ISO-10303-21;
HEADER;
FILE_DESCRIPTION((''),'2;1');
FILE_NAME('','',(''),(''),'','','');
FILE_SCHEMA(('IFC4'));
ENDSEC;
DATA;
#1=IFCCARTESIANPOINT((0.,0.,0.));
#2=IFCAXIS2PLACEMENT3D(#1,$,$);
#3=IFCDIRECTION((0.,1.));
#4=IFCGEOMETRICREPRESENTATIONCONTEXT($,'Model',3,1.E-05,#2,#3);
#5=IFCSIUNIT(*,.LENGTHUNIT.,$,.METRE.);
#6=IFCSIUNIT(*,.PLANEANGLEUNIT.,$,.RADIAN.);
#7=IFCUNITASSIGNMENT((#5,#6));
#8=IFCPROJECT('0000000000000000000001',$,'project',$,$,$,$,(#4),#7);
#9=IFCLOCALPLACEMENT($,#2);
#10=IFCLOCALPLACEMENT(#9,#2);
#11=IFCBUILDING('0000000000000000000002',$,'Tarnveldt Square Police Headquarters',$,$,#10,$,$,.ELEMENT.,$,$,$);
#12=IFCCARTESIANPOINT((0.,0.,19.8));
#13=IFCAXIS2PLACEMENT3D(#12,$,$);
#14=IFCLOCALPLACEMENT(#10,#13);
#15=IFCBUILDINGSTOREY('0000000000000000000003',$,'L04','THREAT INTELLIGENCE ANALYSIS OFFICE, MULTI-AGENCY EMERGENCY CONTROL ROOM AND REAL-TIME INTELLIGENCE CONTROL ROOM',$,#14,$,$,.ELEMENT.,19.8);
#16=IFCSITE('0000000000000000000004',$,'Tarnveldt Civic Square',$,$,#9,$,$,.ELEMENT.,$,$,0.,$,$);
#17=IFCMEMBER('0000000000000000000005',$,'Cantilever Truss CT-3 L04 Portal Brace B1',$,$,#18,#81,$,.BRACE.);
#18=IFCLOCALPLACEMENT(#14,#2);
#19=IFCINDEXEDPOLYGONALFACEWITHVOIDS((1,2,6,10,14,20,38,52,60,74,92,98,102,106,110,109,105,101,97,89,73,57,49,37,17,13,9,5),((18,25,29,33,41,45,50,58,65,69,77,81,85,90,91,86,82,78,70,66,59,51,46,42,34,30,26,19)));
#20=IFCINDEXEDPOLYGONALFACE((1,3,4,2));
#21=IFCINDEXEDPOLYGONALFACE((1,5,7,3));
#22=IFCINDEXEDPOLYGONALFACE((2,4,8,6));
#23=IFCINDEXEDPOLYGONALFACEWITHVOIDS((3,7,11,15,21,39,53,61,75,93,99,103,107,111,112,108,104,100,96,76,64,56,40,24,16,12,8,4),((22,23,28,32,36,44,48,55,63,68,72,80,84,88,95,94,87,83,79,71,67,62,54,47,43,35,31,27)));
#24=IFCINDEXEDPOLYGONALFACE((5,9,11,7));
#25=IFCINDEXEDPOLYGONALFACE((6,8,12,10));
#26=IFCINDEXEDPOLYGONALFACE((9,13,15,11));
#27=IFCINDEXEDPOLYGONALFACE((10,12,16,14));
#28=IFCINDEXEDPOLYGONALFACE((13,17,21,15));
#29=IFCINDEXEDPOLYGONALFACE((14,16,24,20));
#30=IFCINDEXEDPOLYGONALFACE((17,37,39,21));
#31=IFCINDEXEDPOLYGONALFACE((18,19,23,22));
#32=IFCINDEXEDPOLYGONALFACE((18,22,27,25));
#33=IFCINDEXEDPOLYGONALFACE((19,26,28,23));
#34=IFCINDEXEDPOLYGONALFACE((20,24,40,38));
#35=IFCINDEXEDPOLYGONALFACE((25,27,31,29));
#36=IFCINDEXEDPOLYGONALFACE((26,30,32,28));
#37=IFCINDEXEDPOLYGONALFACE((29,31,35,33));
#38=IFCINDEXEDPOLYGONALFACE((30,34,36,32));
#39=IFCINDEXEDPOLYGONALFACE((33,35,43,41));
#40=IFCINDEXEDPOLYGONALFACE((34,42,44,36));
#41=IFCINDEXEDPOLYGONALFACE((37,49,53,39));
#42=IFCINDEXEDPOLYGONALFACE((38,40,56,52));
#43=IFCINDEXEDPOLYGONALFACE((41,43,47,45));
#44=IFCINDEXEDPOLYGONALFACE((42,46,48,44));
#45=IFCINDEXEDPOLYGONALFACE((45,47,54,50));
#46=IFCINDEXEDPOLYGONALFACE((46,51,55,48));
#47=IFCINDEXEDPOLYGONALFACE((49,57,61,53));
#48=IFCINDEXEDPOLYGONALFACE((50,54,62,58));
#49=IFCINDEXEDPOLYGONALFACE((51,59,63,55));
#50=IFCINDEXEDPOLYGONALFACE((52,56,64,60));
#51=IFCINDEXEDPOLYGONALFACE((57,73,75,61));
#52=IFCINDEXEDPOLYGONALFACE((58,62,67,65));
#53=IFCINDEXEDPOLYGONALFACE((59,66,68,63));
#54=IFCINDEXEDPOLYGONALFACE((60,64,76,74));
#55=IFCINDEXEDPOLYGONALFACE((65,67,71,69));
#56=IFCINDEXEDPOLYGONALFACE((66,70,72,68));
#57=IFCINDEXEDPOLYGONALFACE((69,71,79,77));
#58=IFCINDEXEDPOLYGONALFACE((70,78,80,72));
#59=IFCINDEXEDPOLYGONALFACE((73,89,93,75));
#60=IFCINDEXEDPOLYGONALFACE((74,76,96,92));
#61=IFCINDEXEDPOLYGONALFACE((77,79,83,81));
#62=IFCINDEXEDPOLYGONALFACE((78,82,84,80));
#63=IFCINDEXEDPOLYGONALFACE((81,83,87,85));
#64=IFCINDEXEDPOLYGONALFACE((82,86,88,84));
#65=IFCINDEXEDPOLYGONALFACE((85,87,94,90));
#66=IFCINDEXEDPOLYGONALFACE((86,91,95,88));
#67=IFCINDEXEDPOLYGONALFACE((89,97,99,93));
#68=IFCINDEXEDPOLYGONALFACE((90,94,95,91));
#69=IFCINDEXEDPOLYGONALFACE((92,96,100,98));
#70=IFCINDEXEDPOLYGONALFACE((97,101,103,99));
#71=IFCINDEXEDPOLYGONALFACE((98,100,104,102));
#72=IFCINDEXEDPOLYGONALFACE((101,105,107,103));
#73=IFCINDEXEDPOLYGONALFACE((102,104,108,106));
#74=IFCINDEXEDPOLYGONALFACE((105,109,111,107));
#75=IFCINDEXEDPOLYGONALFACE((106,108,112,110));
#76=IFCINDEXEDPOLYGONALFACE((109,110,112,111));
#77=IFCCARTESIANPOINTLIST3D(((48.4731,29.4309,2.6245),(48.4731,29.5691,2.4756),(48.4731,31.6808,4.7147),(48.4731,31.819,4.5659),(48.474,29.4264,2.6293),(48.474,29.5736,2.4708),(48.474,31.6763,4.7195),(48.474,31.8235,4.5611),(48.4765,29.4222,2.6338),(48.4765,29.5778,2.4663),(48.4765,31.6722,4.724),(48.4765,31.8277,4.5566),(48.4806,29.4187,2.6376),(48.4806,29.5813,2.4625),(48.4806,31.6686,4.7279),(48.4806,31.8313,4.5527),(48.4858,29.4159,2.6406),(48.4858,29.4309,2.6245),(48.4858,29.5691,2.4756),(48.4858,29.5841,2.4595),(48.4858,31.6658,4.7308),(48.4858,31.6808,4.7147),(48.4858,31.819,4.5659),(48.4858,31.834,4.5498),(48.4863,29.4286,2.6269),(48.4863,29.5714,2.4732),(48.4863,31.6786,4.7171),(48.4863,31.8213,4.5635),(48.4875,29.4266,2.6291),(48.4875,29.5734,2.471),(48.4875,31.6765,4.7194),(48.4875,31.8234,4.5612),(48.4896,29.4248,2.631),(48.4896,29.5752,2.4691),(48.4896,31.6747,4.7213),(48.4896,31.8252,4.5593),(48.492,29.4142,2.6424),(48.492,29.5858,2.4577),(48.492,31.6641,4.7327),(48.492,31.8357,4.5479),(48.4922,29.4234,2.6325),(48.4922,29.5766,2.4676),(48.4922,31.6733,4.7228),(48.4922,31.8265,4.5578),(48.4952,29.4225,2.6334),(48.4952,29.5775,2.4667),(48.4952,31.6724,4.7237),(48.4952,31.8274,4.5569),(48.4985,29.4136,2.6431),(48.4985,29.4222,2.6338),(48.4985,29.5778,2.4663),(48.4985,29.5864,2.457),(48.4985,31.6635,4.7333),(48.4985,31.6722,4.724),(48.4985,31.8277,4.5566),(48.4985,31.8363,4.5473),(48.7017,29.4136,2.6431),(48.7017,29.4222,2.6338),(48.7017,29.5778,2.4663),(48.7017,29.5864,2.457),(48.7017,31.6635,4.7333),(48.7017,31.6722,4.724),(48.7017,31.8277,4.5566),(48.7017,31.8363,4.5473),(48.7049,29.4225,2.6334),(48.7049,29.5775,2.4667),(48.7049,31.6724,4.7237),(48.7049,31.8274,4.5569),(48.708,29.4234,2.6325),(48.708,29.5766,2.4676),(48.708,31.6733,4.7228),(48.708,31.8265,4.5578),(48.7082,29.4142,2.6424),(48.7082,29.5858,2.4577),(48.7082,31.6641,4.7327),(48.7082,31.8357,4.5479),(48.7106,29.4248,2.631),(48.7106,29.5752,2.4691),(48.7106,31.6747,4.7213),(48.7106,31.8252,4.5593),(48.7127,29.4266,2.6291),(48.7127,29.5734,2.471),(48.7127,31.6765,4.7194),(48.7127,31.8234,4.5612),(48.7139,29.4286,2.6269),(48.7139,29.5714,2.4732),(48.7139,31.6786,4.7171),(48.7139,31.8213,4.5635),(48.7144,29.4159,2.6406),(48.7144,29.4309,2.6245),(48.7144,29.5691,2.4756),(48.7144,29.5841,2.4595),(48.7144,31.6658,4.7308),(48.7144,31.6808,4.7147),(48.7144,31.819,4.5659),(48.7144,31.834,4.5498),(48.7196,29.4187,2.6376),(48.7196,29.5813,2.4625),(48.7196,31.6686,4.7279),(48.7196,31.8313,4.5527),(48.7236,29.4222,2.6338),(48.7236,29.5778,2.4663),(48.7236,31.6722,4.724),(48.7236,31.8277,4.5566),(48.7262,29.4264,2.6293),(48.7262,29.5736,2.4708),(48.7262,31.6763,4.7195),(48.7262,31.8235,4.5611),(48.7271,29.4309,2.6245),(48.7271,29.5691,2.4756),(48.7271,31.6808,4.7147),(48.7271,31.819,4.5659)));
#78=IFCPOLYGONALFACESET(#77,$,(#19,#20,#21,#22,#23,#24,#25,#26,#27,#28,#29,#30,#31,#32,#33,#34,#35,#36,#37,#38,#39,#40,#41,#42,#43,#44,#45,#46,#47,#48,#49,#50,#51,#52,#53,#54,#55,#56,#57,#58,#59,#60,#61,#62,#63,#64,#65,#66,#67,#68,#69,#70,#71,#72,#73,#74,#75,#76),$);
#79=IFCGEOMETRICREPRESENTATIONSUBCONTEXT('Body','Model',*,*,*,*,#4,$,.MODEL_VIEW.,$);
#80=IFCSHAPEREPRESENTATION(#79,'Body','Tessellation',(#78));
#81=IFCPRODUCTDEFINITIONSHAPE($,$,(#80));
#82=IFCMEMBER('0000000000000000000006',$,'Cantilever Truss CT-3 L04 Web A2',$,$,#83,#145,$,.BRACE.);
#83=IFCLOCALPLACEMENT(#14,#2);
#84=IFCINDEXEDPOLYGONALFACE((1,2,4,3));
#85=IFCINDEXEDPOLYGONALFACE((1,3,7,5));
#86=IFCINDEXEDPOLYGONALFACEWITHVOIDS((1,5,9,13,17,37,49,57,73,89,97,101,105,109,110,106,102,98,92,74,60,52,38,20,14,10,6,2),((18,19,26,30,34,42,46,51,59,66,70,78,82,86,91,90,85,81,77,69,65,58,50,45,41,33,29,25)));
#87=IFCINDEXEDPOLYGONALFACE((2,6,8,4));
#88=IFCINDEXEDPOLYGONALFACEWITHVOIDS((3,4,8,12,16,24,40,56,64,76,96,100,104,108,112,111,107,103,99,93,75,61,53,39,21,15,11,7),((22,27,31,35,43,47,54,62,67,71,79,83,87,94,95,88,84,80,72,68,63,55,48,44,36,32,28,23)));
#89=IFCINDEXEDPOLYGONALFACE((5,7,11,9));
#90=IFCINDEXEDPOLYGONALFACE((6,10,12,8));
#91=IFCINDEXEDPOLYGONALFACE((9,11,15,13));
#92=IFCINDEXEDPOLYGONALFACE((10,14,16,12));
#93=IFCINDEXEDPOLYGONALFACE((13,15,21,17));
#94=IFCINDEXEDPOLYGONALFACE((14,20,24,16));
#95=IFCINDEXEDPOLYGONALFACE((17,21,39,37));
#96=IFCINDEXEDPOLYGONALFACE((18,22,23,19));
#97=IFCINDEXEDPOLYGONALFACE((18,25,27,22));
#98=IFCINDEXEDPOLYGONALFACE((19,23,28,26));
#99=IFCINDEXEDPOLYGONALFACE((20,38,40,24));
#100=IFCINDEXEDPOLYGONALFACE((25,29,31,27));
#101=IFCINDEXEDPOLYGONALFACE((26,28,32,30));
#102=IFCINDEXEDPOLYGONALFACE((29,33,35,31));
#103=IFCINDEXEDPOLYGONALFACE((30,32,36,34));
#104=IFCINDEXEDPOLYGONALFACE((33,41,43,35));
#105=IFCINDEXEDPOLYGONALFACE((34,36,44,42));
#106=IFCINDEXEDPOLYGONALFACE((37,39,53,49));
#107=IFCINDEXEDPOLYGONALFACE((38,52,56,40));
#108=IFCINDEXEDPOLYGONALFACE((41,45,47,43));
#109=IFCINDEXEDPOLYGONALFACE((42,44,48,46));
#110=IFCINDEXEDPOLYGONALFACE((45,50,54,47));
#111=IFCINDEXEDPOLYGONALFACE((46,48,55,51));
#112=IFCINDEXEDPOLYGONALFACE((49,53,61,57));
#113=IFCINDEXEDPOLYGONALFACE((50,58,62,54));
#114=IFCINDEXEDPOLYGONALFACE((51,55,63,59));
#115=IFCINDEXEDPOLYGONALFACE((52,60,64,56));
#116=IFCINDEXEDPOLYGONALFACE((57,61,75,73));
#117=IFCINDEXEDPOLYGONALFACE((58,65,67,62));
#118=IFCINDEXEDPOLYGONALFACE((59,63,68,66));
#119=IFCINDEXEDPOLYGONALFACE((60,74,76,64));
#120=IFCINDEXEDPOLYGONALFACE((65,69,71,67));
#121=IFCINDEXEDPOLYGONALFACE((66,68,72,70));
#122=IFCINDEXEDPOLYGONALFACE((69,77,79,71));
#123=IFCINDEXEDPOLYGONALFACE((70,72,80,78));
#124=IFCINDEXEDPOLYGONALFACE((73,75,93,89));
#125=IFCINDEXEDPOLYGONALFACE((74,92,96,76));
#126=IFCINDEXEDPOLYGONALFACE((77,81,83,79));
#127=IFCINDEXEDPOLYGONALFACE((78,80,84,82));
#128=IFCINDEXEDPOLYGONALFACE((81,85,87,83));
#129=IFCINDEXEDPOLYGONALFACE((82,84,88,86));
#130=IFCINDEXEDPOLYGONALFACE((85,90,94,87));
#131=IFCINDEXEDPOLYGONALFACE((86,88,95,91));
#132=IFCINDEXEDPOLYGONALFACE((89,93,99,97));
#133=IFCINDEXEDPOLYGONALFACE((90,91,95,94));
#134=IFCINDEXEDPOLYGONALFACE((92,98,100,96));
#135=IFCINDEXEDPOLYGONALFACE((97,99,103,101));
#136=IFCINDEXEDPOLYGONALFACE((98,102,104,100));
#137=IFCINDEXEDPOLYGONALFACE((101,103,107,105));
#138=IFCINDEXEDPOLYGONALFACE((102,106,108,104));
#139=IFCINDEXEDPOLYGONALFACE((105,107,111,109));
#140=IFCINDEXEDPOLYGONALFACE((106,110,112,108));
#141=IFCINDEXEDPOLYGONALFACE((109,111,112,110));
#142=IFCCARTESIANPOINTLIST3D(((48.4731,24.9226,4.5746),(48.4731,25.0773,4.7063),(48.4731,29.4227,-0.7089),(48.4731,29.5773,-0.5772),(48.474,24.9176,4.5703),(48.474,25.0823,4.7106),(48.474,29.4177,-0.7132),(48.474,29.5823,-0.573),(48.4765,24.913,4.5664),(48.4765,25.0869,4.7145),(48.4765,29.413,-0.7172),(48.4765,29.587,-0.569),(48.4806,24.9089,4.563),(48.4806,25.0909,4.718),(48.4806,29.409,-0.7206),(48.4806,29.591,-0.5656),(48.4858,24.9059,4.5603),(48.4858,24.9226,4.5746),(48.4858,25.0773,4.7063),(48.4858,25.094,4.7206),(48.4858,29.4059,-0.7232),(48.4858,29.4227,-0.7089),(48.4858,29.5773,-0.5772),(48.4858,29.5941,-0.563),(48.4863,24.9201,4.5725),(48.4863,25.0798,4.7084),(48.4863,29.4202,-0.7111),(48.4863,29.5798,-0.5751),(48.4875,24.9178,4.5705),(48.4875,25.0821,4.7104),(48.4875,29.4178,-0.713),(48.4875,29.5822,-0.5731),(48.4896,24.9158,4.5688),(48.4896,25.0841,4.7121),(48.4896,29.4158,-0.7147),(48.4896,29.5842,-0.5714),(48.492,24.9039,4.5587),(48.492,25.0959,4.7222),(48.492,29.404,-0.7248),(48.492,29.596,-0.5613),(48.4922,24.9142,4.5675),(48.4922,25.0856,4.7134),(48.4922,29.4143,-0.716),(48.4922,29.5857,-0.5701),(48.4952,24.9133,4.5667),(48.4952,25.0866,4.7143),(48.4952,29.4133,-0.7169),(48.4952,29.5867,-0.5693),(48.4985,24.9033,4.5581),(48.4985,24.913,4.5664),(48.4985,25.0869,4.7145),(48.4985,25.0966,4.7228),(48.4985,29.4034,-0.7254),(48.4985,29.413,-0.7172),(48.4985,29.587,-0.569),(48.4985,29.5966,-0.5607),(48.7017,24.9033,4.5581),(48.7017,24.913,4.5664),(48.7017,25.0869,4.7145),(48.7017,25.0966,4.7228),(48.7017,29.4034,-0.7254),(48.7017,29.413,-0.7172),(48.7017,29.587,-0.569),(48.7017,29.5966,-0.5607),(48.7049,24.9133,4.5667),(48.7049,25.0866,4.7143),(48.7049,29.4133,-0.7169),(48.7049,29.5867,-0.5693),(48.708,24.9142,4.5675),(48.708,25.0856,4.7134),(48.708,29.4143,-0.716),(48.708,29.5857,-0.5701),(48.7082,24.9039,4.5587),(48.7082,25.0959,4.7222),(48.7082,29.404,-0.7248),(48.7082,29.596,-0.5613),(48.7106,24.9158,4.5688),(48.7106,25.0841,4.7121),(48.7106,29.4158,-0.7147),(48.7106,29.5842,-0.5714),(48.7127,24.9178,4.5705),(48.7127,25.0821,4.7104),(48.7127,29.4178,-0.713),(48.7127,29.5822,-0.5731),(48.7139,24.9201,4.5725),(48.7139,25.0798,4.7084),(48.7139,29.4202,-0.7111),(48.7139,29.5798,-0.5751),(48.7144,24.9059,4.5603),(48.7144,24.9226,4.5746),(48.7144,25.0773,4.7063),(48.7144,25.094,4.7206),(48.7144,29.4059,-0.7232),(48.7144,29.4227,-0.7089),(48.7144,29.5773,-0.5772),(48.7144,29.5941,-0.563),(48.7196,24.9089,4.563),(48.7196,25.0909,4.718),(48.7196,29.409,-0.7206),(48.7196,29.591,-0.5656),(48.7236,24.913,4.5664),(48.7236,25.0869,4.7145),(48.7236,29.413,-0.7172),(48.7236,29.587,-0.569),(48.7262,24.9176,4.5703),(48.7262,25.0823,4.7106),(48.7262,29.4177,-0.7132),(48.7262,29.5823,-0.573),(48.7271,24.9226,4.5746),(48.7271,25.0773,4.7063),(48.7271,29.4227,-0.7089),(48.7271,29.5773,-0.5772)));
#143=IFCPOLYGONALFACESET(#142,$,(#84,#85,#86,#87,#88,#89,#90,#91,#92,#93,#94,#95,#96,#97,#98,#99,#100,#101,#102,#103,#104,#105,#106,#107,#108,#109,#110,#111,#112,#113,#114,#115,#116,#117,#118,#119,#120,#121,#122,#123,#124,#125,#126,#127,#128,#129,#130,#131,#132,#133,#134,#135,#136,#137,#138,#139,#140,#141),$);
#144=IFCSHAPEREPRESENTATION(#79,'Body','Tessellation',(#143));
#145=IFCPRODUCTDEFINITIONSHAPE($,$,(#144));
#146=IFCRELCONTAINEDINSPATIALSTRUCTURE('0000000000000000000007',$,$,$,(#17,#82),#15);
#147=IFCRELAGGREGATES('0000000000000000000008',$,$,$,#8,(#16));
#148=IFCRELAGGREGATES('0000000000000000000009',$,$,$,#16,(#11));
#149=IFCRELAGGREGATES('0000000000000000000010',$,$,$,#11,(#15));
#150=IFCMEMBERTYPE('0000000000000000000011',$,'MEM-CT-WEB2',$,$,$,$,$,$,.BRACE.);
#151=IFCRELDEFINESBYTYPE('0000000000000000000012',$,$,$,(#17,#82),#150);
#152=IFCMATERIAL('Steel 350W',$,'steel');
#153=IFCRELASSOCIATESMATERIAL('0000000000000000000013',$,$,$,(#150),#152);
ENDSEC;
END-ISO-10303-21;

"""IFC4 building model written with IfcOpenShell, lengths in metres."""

from ifc_helpers import new_model, si_unit, direction, frame, origin, origin_2d, place, context, subcontext, project, spatial, hollow_rectangle, extrude, material, material_profile, profile_set, type_object, element, save


model = new_model("IFC4")

# Units and contexts
model_context = context("Model", 3, precision=1e-05, world=origin(), true_north=direction((0.0, 1.0)))
body_context = subcontext(model_context, "Body", "Model", "MODEL_VIEW")
ifc_project = project(units=[si_unit("LENGTHUNIT", "METRE"), si_unit("PLANEANGLEUNIT", "RADIAN")], contexts=[model_context])

# Site, building, storey
site_placement = place(None, origin())
site = spatial("IfcSite", under=ifc_project, at=site_placement, Name="Tarnveldt Civic Square", CompositionType="ELEMENT", RefElevation=0.0)
building_placement = place(site_placement, origin())
building = spatial("IfcBuilding", under=site, at=building_placement, Name="Tarnveldt Square Police Headquarters", CompositionType="ELEMENT")
storey_placement = place(building_placement, frame((0.0, 0.0, 19.8)))
storey = spatial("IfcBuildingStorey", under=building, at=storey_placement, Name="L04", Description="THREAT INTELLIGENCE ANALYSIS OFFICE, MULTI-AGENCY EMERGENCY CONTROL ROOM AND REAL-TIME INTELLIGENCE CONTROL ROOM", CompositionType="ELEMENT", Elevation=19.8)

# Shared definitions
ifc_material_1 = material(Name="Steel 350W", Category="steel")

# Members
ifc_material_profile_1 = material_profile(ifc_material_1, hollow_rectangle(XDim=0.2539, YDim=0.2539, WallThickness=0.0127, InnerFilletRadius=0.0127, OuterFilletRadius=0.0254, at=origin_2d()), Name="HSS254x254x13")
ifc_profile_set_1 = profile_set([ifc_material_profile_1], Name="Steel 350W")
member_type_1 = type_object("IfcMemberType", Name="MEM-CT-WEB2", PredefinedType="BRACE", material=ifc_profile_set_1)
member_1_placement = place(storey_placement, frame((48.6001, 29.5, 2.55), z_axis=(0.0, 0.732624, 0.680634), x_axis=(-1.0, 0.0, 0.0)))
element("IfcMember", 1, at=member_1_placement, inside=storey, type_object=member_type_1, Name="Cantilever Truss CT-3 L04 Portal Brace B1", PredefinedType="BRACE", context=body_context, shape_type="SweptSolid", body=[
    extrude(hollow_rectangle(XDim=0.2539, YDim=0.2539, WallThickness=0.0127, InnerFilletRadius=0.0127, OuterFilletRadius=0.0254, at=origin_2d()), origin(), (0.0, 0.0, 1.0), 3.071),
])
member_2_placement = place(storey_placement, frame((48.6001, 29.5, -0.6431), z_axis=(0.0, -0.648407, 0.761294), x_axis=(1.0, 0.0, 0.0)))
element("IfcMember", 2, at=member_2_placement, inside=storey, type_object=member_type_1, Name="Cantilever Truss CT-3 L04 Web A2", PredefinedType="BRACE", context=body_context, shape_type="SweptSolid", body=[
    extrude(hollow_rectangle(XDim=0.2539, YDim=0.2539, WallThickness=0.0127, InnerFilletRadius=0.0127, OuterFilletRadius=0.0254, at=origin_2d()), origin(), (0.0, 0.0, 1.0), 6.9402),
])

save(model, "model.ifc")
